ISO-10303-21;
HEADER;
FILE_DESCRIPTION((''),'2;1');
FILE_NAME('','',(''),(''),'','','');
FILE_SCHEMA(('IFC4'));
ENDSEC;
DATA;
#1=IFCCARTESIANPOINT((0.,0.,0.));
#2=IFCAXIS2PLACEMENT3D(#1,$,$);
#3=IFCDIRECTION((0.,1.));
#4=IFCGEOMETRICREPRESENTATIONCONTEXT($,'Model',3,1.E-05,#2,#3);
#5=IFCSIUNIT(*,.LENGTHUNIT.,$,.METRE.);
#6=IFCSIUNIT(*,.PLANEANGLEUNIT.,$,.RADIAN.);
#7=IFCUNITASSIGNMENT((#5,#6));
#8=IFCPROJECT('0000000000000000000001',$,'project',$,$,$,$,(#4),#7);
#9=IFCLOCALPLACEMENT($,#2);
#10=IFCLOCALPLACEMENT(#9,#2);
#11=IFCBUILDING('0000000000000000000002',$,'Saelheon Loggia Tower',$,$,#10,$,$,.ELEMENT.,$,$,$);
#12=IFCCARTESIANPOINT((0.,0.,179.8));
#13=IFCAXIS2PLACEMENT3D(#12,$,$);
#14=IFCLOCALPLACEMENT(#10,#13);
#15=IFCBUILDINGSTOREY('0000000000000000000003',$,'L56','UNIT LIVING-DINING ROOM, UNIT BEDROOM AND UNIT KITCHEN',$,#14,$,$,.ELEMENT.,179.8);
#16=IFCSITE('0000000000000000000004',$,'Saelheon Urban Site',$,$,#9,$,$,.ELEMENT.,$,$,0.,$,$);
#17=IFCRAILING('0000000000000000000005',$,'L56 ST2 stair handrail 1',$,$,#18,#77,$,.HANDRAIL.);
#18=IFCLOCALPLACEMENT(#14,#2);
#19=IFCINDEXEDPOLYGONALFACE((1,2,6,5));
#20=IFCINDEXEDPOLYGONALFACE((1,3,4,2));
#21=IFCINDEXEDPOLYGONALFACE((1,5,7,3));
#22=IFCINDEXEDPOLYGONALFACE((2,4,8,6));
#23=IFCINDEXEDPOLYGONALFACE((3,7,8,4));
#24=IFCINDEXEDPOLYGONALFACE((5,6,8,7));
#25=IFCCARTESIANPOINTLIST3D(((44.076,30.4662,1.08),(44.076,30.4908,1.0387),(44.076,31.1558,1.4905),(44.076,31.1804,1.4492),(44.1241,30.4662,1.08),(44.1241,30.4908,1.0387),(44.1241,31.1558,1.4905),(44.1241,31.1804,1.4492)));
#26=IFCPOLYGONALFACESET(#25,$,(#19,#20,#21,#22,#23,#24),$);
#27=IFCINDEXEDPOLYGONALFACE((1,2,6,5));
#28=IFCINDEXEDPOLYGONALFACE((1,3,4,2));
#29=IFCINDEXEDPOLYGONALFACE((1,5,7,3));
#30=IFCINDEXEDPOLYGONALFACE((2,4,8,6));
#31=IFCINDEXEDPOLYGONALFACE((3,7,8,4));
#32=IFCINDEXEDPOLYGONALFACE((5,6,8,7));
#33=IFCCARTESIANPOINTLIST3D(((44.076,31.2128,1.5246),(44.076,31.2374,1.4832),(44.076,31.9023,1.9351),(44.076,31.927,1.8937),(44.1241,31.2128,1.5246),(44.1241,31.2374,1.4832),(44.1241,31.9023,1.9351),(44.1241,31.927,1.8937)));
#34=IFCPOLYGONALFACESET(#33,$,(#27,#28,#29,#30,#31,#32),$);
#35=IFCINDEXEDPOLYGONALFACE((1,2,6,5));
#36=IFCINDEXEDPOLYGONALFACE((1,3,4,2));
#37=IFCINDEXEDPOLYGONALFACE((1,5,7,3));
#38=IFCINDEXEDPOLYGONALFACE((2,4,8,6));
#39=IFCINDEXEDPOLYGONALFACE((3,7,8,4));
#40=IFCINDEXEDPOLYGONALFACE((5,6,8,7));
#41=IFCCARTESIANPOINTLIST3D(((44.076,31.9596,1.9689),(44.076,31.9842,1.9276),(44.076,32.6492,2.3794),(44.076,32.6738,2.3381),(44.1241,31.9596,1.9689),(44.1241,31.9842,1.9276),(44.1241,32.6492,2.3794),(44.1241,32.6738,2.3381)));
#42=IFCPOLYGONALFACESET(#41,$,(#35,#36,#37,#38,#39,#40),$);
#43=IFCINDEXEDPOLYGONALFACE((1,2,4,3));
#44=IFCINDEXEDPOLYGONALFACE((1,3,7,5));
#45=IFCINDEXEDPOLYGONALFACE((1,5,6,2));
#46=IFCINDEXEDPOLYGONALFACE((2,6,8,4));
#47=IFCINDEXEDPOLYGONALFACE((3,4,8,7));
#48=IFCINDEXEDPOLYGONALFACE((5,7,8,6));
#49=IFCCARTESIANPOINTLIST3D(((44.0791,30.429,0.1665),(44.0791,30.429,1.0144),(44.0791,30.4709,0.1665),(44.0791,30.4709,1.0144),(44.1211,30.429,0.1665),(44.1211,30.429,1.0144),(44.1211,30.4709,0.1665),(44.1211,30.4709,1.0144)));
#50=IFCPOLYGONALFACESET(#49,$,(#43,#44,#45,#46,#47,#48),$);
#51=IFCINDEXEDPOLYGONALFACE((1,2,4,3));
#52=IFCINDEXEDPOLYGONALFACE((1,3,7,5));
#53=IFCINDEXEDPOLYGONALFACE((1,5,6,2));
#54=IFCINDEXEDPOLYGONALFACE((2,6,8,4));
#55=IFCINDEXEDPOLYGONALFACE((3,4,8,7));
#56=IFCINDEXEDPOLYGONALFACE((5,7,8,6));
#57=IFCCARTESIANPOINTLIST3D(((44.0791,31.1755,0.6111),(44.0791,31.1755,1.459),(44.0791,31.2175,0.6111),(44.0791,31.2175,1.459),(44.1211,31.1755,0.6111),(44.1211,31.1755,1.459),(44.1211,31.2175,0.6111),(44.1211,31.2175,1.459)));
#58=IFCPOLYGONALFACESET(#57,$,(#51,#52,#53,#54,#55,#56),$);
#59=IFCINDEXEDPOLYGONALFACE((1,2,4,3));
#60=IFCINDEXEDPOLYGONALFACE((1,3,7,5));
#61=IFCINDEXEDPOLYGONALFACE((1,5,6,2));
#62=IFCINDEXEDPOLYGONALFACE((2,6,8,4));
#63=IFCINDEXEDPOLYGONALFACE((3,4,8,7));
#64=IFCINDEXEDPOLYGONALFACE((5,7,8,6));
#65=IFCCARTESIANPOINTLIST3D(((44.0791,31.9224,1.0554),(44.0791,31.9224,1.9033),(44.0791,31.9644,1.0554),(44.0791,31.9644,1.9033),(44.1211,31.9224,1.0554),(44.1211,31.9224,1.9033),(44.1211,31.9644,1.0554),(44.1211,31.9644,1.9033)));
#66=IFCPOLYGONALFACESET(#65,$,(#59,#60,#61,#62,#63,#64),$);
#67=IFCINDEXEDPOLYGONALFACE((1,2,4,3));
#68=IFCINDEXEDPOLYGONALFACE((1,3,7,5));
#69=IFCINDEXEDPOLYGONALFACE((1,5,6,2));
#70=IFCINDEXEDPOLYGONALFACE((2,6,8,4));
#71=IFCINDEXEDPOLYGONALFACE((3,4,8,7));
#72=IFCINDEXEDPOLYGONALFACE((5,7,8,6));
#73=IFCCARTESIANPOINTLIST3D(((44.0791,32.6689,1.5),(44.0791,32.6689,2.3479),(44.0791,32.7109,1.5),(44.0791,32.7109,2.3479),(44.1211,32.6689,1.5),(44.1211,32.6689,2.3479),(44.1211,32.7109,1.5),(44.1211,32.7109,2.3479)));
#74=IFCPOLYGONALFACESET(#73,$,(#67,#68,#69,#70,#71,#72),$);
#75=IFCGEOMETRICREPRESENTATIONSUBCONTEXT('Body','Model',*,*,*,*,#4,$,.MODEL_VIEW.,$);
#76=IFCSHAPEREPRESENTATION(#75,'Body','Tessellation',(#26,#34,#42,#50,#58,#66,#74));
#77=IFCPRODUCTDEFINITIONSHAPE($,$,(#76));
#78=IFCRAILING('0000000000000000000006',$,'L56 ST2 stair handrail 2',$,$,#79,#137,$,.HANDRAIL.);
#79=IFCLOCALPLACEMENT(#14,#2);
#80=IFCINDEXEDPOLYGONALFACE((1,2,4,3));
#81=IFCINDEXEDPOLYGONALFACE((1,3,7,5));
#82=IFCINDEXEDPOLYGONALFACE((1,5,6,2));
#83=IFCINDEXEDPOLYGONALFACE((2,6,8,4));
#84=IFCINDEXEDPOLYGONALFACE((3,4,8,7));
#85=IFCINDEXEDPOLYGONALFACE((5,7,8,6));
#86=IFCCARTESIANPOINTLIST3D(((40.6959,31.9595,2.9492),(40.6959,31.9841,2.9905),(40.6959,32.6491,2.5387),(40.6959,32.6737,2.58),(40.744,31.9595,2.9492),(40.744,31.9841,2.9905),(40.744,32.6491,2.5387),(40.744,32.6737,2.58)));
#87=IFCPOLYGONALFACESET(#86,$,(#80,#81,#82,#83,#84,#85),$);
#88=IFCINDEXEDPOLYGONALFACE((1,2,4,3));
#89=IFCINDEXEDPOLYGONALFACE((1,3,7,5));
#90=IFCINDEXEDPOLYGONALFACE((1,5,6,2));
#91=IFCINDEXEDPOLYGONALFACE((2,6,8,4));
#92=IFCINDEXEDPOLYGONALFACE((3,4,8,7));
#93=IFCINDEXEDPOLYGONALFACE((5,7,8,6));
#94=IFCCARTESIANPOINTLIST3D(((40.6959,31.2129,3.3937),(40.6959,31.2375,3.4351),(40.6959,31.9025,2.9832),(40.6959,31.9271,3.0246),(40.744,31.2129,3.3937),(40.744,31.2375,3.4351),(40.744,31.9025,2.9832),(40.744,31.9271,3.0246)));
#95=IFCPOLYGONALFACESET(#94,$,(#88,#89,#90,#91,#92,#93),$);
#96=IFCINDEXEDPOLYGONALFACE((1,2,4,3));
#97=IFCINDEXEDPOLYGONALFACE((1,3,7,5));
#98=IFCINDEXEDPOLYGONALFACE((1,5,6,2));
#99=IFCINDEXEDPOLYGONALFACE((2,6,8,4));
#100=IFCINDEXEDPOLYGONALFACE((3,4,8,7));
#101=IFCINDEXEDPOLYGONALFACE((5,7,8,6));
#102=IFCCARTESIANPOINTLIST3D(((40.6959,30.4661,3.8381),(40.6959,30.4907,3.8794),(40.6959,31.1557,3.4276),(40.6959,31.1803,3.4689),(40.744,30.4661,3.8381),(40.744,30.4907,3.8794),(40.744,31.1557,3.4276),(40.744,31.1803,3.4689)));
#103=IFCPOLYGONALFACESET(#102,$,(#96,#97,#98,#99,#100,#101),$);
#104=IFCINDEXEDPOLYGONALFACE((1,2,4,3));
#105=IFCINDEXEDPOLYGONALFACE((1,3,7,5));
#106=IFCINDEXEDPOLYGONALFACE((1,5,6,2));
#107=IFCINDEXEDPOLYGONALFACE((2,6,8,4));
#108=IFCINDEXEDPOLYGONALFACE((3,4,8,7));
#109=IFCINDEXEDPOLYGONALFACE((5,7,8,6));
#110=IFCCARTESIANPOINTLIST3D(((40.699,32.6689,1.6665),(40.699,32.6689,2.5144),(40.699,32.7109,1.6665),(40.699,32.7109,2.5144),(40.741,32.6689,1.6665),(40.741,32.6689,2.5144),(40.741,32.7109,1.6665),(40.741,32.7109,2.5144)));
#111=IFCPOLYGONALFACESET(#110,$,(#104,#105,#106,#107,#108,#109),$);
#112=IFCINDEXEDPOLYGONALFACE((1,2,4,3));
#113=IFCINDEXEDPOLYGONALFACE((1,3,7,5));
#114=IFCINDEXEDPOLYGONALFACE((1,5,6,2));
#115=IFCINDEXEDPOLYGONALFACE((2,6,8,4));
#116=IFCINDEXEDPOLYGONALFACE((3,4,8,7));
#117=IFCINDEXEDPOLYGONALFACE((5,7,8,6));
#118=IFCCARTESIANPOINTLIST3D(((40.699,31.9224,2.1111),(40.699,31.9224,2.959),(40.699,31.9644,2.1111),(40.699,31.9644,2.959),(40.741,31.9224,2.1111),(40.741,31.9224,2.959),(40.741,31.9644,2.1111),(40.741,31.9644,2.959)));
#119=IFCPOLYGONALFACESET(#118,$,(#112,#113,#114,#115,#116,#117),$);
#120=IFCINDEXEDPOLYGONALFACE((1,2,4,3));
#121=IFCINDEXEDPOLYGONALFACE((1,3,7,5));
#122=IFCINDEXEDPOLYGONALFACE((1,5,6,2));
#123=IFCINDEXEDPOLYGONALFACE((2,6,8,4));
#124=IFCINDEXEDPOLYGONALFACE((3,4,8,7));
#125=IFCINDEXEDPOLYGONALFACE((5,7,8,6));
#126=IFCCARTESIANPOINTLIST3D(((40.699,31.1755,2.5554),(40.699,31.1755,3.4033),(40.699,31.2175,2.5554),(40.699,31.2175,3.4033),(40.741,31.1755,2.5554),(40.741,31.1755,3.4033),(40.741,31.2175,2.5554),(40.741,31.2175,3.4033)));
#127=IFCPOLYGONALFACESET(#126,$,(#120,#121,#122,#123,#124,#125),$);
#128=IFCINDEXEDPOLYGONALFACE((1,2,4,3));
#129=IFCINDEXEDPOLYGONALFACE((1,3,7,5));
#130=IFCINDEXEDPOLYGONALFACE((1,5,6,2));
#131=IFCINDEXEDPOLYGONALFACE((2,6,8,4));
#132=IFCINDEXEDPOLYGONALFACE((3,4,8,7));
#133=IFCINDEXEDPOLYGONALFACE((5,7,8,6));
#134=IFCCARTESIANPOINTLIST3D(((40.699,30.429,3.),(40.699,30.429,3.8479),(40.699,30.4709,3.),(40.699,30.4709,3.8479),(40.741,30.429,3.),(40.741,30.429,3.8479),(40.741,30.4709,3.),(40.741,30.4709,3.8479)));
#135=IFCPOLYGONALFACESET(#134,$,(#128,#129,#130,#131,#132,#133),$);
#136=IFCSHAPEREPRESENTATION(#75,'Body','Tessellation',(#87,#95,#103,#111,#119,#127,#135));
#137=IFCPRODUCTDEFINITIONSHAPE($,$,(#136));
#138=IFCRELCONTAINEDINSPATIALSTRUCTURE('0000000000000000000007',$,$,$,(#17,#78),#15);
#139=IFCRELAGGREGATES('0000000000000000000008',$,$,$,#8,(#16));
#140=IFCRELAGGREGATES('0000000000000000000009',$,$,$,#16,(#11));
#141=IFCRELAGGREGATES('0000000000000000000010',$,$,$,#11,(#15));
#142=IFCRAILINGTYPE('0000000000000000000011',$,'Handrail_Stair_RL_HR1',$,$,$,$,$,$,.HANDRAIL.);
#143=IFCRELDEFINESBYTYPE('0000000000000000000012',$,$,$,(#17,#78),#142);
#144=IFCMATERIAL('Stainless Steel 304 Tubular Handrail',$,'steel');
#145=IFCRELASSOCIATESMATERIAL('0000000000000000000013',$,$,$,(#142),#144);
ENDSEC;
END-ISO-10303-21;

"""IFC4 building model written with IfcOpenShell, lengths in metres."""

from ifc_helpers import new_model, si_unit, direction, frame, origin, origin_2d, place, context, subcontext, project, spatial, rectangle, extrude, material, type_object, element, save


model = new_model("IFC4")

# Units and contexts
model_context = context("Model", 3, precision=1e-05, world=origin(), true_north=direction((0.0, 1.0)))
body_context = subcontext(model_context, "Body", "Model", "MODEL_VIEW")
ifc_project = project(units=[si_unit("LENGTHUNIT", "METRE"), si_unit("PLANEANGLEUNIT", "RADIAN")], contexts=[model_context])

# Site, building, storey
site_placement = place(None, origin())
site = spatial("IfcSite", under=ifc_project, at=site_placement, Name="Saelheon Urban Site", CompositionType="ELEMENT", RefElevation=0.0)
building_placement = place(site_placement, origin())
building = spatial("IfcBuilding", under=site, at=building_placement, Name="Saelheon Loggia Tower", CompositionType="ELEMENT")
storey_placement = place(building_placement, frame((0.0, 0.0, 179.8)))
storey = spatial("IfcBuildingStorey", under=building, at=storey_placement, Name="L56", Description="UNIT LIVING-DINING ROOM, UNIT BEDROOM AND UNIT KITCHEN", CompositionType="ELEMENT", Elevation=179.8)

# Railings
ifc_material_1 = material(Name="Stainless Steel 304 Tubular Handrail", Category="steel")
railing_type_1 = type_object("IfcRailingType", Name="Handrail_Stair_RL_HR1", PredefinedType="HANDRAIL", material=ifc_material_1)
railing_1_placement = place(storey_placement, frame((44.1001, 30.45, 0.1665)))
element("IfcRailing", 1, at=railing_1_placement, inside=storey, type_object=railing_type_1, Name="L56 ST2 stair handrail 1", PredefinedType="HANDRAIL", context=body_context, shape_type="SweptSolid", body=[
    extrude(rectangle(XDim=0.0481, YDim=0.0481, at=origin_2d()), frame((0.0, 0.0286, 0.8928), z_axis=(0.0, 0.859264, 0.511532), x_axis=(-1.0, 0.0, 0.0)), (0.0, 0.0, 1.0), 0.8025),
    extrude(rectangle(XDim=0.0481, YDim=0.0481, at=origin_2d()), frame((0.0, 0.7751, 1.3374), z_axis=(0.0, 0.859264, 0.511532), x_axis=(-1.0, 0.0, 0.0)), (0.0, 0.0, 1.0), 0.8025),
    extrude(rectangle(XDim=0.0481, YDim=0.0481, at=origin_2d()), frame((0.0, 1.522, 1.7817), z_axis=(0.0, 0.859264, 0.511532), x_axis=(-1.0, 0.0, 0.0)), (0.0, 0.0, 1.0), 0.8025),
    extrude(rectangle(XDim=0.042, YDim=0.042, at=origin_2d()), origin(), (0.0, 0.0, 1.0), 0.8479),
    extrude(rectangle(XDim=0.042, YDim=0.042, at=origin_2d()), frame((0.0, 0.7466, 0.4446)), (0.0, 0.0, 1.0), 0.8479),
    extrude(rectangle(XDim=0.042, YDim=0.042, at=origin_2d()), frame((0.0, 1.4934, 0.8889)), (0.0, 0.0, 1.0), 0.8479),
    extrude(rectangle(XDim=0.042, YDim=0.042, at=origin_2d()), frame((0.0, 2.24, 1.3335)), (0.0, 0.0, 1.0), 0.8479),
])
railing_2_placement = place(storey_placement, frame((40.72, 32.6899, 1.6665)))
element("IfcRailing", 2, at=railing_2_placement, inside=storey, type_object=railing_type_1, Name="L56 ST2 stair handrail 2", PredefinedType="HANDRAIL", context=body_context, shape_type="SweptSolid", body=[
    extrude(rectangle(XDim=0.0481, YDim=0.0481, at=origin_2d()), frame((0.0, -0.0286, 0.8928), z_axis=(0.0, -0.859264, 0.511532), x_axis=(1.0, 0.0, 0.0)), (0.0, 0.0, 1.0), 0.8025),
    extrude(rectangle(XDim=0.0481, YDim=0.0481, at=origin_2d()), frame((0.0, -0.7751, 1.3374), z_axis=(0.0, -0.859264, 0.511532), x_axis=(1.0, 0.0, 0.0)), (0.0, 0.0, 1.0), 0.8025),
    extrude(rectangle(XDim=0.0481, YDim=0.0481, at=origin_2d()), frame((0.0, -1.522, 1.7817), z_axis=(0.0, -0.859264, 0.511532), x_axis=(1.0, 0.0, 0.0)), (0.0, 0.0, 1.0), 0.8025),
    extrude(rectangle(XDim=0.042, YDim=0.042, at=origin_2d()), origin(), (0.0, 0.0, 1.0), 0.8479),
    extrude(rectangle(XDim=0.042, YDim=0.042, at=origin_2d()), frame((0.0, -0.7466, 0.4446)), (0.0, 0.0, 1.0), 0.8479),
    extrude(rectangle(XDim=0.042, YDim=0.042, at=origin_2d()), frame((0.0, -1.4934, 0.8889)), (0.0, 0.0, 1.0), 0.8479),
    extrude(rectangle(XDim=0.042, YDim=0.042, at=origin_2d()), frame((0.0, -2.24, 1.3335)), (0.0, 0.0, 1.0), 0.8479),
])

save(model, "model.ifc")
